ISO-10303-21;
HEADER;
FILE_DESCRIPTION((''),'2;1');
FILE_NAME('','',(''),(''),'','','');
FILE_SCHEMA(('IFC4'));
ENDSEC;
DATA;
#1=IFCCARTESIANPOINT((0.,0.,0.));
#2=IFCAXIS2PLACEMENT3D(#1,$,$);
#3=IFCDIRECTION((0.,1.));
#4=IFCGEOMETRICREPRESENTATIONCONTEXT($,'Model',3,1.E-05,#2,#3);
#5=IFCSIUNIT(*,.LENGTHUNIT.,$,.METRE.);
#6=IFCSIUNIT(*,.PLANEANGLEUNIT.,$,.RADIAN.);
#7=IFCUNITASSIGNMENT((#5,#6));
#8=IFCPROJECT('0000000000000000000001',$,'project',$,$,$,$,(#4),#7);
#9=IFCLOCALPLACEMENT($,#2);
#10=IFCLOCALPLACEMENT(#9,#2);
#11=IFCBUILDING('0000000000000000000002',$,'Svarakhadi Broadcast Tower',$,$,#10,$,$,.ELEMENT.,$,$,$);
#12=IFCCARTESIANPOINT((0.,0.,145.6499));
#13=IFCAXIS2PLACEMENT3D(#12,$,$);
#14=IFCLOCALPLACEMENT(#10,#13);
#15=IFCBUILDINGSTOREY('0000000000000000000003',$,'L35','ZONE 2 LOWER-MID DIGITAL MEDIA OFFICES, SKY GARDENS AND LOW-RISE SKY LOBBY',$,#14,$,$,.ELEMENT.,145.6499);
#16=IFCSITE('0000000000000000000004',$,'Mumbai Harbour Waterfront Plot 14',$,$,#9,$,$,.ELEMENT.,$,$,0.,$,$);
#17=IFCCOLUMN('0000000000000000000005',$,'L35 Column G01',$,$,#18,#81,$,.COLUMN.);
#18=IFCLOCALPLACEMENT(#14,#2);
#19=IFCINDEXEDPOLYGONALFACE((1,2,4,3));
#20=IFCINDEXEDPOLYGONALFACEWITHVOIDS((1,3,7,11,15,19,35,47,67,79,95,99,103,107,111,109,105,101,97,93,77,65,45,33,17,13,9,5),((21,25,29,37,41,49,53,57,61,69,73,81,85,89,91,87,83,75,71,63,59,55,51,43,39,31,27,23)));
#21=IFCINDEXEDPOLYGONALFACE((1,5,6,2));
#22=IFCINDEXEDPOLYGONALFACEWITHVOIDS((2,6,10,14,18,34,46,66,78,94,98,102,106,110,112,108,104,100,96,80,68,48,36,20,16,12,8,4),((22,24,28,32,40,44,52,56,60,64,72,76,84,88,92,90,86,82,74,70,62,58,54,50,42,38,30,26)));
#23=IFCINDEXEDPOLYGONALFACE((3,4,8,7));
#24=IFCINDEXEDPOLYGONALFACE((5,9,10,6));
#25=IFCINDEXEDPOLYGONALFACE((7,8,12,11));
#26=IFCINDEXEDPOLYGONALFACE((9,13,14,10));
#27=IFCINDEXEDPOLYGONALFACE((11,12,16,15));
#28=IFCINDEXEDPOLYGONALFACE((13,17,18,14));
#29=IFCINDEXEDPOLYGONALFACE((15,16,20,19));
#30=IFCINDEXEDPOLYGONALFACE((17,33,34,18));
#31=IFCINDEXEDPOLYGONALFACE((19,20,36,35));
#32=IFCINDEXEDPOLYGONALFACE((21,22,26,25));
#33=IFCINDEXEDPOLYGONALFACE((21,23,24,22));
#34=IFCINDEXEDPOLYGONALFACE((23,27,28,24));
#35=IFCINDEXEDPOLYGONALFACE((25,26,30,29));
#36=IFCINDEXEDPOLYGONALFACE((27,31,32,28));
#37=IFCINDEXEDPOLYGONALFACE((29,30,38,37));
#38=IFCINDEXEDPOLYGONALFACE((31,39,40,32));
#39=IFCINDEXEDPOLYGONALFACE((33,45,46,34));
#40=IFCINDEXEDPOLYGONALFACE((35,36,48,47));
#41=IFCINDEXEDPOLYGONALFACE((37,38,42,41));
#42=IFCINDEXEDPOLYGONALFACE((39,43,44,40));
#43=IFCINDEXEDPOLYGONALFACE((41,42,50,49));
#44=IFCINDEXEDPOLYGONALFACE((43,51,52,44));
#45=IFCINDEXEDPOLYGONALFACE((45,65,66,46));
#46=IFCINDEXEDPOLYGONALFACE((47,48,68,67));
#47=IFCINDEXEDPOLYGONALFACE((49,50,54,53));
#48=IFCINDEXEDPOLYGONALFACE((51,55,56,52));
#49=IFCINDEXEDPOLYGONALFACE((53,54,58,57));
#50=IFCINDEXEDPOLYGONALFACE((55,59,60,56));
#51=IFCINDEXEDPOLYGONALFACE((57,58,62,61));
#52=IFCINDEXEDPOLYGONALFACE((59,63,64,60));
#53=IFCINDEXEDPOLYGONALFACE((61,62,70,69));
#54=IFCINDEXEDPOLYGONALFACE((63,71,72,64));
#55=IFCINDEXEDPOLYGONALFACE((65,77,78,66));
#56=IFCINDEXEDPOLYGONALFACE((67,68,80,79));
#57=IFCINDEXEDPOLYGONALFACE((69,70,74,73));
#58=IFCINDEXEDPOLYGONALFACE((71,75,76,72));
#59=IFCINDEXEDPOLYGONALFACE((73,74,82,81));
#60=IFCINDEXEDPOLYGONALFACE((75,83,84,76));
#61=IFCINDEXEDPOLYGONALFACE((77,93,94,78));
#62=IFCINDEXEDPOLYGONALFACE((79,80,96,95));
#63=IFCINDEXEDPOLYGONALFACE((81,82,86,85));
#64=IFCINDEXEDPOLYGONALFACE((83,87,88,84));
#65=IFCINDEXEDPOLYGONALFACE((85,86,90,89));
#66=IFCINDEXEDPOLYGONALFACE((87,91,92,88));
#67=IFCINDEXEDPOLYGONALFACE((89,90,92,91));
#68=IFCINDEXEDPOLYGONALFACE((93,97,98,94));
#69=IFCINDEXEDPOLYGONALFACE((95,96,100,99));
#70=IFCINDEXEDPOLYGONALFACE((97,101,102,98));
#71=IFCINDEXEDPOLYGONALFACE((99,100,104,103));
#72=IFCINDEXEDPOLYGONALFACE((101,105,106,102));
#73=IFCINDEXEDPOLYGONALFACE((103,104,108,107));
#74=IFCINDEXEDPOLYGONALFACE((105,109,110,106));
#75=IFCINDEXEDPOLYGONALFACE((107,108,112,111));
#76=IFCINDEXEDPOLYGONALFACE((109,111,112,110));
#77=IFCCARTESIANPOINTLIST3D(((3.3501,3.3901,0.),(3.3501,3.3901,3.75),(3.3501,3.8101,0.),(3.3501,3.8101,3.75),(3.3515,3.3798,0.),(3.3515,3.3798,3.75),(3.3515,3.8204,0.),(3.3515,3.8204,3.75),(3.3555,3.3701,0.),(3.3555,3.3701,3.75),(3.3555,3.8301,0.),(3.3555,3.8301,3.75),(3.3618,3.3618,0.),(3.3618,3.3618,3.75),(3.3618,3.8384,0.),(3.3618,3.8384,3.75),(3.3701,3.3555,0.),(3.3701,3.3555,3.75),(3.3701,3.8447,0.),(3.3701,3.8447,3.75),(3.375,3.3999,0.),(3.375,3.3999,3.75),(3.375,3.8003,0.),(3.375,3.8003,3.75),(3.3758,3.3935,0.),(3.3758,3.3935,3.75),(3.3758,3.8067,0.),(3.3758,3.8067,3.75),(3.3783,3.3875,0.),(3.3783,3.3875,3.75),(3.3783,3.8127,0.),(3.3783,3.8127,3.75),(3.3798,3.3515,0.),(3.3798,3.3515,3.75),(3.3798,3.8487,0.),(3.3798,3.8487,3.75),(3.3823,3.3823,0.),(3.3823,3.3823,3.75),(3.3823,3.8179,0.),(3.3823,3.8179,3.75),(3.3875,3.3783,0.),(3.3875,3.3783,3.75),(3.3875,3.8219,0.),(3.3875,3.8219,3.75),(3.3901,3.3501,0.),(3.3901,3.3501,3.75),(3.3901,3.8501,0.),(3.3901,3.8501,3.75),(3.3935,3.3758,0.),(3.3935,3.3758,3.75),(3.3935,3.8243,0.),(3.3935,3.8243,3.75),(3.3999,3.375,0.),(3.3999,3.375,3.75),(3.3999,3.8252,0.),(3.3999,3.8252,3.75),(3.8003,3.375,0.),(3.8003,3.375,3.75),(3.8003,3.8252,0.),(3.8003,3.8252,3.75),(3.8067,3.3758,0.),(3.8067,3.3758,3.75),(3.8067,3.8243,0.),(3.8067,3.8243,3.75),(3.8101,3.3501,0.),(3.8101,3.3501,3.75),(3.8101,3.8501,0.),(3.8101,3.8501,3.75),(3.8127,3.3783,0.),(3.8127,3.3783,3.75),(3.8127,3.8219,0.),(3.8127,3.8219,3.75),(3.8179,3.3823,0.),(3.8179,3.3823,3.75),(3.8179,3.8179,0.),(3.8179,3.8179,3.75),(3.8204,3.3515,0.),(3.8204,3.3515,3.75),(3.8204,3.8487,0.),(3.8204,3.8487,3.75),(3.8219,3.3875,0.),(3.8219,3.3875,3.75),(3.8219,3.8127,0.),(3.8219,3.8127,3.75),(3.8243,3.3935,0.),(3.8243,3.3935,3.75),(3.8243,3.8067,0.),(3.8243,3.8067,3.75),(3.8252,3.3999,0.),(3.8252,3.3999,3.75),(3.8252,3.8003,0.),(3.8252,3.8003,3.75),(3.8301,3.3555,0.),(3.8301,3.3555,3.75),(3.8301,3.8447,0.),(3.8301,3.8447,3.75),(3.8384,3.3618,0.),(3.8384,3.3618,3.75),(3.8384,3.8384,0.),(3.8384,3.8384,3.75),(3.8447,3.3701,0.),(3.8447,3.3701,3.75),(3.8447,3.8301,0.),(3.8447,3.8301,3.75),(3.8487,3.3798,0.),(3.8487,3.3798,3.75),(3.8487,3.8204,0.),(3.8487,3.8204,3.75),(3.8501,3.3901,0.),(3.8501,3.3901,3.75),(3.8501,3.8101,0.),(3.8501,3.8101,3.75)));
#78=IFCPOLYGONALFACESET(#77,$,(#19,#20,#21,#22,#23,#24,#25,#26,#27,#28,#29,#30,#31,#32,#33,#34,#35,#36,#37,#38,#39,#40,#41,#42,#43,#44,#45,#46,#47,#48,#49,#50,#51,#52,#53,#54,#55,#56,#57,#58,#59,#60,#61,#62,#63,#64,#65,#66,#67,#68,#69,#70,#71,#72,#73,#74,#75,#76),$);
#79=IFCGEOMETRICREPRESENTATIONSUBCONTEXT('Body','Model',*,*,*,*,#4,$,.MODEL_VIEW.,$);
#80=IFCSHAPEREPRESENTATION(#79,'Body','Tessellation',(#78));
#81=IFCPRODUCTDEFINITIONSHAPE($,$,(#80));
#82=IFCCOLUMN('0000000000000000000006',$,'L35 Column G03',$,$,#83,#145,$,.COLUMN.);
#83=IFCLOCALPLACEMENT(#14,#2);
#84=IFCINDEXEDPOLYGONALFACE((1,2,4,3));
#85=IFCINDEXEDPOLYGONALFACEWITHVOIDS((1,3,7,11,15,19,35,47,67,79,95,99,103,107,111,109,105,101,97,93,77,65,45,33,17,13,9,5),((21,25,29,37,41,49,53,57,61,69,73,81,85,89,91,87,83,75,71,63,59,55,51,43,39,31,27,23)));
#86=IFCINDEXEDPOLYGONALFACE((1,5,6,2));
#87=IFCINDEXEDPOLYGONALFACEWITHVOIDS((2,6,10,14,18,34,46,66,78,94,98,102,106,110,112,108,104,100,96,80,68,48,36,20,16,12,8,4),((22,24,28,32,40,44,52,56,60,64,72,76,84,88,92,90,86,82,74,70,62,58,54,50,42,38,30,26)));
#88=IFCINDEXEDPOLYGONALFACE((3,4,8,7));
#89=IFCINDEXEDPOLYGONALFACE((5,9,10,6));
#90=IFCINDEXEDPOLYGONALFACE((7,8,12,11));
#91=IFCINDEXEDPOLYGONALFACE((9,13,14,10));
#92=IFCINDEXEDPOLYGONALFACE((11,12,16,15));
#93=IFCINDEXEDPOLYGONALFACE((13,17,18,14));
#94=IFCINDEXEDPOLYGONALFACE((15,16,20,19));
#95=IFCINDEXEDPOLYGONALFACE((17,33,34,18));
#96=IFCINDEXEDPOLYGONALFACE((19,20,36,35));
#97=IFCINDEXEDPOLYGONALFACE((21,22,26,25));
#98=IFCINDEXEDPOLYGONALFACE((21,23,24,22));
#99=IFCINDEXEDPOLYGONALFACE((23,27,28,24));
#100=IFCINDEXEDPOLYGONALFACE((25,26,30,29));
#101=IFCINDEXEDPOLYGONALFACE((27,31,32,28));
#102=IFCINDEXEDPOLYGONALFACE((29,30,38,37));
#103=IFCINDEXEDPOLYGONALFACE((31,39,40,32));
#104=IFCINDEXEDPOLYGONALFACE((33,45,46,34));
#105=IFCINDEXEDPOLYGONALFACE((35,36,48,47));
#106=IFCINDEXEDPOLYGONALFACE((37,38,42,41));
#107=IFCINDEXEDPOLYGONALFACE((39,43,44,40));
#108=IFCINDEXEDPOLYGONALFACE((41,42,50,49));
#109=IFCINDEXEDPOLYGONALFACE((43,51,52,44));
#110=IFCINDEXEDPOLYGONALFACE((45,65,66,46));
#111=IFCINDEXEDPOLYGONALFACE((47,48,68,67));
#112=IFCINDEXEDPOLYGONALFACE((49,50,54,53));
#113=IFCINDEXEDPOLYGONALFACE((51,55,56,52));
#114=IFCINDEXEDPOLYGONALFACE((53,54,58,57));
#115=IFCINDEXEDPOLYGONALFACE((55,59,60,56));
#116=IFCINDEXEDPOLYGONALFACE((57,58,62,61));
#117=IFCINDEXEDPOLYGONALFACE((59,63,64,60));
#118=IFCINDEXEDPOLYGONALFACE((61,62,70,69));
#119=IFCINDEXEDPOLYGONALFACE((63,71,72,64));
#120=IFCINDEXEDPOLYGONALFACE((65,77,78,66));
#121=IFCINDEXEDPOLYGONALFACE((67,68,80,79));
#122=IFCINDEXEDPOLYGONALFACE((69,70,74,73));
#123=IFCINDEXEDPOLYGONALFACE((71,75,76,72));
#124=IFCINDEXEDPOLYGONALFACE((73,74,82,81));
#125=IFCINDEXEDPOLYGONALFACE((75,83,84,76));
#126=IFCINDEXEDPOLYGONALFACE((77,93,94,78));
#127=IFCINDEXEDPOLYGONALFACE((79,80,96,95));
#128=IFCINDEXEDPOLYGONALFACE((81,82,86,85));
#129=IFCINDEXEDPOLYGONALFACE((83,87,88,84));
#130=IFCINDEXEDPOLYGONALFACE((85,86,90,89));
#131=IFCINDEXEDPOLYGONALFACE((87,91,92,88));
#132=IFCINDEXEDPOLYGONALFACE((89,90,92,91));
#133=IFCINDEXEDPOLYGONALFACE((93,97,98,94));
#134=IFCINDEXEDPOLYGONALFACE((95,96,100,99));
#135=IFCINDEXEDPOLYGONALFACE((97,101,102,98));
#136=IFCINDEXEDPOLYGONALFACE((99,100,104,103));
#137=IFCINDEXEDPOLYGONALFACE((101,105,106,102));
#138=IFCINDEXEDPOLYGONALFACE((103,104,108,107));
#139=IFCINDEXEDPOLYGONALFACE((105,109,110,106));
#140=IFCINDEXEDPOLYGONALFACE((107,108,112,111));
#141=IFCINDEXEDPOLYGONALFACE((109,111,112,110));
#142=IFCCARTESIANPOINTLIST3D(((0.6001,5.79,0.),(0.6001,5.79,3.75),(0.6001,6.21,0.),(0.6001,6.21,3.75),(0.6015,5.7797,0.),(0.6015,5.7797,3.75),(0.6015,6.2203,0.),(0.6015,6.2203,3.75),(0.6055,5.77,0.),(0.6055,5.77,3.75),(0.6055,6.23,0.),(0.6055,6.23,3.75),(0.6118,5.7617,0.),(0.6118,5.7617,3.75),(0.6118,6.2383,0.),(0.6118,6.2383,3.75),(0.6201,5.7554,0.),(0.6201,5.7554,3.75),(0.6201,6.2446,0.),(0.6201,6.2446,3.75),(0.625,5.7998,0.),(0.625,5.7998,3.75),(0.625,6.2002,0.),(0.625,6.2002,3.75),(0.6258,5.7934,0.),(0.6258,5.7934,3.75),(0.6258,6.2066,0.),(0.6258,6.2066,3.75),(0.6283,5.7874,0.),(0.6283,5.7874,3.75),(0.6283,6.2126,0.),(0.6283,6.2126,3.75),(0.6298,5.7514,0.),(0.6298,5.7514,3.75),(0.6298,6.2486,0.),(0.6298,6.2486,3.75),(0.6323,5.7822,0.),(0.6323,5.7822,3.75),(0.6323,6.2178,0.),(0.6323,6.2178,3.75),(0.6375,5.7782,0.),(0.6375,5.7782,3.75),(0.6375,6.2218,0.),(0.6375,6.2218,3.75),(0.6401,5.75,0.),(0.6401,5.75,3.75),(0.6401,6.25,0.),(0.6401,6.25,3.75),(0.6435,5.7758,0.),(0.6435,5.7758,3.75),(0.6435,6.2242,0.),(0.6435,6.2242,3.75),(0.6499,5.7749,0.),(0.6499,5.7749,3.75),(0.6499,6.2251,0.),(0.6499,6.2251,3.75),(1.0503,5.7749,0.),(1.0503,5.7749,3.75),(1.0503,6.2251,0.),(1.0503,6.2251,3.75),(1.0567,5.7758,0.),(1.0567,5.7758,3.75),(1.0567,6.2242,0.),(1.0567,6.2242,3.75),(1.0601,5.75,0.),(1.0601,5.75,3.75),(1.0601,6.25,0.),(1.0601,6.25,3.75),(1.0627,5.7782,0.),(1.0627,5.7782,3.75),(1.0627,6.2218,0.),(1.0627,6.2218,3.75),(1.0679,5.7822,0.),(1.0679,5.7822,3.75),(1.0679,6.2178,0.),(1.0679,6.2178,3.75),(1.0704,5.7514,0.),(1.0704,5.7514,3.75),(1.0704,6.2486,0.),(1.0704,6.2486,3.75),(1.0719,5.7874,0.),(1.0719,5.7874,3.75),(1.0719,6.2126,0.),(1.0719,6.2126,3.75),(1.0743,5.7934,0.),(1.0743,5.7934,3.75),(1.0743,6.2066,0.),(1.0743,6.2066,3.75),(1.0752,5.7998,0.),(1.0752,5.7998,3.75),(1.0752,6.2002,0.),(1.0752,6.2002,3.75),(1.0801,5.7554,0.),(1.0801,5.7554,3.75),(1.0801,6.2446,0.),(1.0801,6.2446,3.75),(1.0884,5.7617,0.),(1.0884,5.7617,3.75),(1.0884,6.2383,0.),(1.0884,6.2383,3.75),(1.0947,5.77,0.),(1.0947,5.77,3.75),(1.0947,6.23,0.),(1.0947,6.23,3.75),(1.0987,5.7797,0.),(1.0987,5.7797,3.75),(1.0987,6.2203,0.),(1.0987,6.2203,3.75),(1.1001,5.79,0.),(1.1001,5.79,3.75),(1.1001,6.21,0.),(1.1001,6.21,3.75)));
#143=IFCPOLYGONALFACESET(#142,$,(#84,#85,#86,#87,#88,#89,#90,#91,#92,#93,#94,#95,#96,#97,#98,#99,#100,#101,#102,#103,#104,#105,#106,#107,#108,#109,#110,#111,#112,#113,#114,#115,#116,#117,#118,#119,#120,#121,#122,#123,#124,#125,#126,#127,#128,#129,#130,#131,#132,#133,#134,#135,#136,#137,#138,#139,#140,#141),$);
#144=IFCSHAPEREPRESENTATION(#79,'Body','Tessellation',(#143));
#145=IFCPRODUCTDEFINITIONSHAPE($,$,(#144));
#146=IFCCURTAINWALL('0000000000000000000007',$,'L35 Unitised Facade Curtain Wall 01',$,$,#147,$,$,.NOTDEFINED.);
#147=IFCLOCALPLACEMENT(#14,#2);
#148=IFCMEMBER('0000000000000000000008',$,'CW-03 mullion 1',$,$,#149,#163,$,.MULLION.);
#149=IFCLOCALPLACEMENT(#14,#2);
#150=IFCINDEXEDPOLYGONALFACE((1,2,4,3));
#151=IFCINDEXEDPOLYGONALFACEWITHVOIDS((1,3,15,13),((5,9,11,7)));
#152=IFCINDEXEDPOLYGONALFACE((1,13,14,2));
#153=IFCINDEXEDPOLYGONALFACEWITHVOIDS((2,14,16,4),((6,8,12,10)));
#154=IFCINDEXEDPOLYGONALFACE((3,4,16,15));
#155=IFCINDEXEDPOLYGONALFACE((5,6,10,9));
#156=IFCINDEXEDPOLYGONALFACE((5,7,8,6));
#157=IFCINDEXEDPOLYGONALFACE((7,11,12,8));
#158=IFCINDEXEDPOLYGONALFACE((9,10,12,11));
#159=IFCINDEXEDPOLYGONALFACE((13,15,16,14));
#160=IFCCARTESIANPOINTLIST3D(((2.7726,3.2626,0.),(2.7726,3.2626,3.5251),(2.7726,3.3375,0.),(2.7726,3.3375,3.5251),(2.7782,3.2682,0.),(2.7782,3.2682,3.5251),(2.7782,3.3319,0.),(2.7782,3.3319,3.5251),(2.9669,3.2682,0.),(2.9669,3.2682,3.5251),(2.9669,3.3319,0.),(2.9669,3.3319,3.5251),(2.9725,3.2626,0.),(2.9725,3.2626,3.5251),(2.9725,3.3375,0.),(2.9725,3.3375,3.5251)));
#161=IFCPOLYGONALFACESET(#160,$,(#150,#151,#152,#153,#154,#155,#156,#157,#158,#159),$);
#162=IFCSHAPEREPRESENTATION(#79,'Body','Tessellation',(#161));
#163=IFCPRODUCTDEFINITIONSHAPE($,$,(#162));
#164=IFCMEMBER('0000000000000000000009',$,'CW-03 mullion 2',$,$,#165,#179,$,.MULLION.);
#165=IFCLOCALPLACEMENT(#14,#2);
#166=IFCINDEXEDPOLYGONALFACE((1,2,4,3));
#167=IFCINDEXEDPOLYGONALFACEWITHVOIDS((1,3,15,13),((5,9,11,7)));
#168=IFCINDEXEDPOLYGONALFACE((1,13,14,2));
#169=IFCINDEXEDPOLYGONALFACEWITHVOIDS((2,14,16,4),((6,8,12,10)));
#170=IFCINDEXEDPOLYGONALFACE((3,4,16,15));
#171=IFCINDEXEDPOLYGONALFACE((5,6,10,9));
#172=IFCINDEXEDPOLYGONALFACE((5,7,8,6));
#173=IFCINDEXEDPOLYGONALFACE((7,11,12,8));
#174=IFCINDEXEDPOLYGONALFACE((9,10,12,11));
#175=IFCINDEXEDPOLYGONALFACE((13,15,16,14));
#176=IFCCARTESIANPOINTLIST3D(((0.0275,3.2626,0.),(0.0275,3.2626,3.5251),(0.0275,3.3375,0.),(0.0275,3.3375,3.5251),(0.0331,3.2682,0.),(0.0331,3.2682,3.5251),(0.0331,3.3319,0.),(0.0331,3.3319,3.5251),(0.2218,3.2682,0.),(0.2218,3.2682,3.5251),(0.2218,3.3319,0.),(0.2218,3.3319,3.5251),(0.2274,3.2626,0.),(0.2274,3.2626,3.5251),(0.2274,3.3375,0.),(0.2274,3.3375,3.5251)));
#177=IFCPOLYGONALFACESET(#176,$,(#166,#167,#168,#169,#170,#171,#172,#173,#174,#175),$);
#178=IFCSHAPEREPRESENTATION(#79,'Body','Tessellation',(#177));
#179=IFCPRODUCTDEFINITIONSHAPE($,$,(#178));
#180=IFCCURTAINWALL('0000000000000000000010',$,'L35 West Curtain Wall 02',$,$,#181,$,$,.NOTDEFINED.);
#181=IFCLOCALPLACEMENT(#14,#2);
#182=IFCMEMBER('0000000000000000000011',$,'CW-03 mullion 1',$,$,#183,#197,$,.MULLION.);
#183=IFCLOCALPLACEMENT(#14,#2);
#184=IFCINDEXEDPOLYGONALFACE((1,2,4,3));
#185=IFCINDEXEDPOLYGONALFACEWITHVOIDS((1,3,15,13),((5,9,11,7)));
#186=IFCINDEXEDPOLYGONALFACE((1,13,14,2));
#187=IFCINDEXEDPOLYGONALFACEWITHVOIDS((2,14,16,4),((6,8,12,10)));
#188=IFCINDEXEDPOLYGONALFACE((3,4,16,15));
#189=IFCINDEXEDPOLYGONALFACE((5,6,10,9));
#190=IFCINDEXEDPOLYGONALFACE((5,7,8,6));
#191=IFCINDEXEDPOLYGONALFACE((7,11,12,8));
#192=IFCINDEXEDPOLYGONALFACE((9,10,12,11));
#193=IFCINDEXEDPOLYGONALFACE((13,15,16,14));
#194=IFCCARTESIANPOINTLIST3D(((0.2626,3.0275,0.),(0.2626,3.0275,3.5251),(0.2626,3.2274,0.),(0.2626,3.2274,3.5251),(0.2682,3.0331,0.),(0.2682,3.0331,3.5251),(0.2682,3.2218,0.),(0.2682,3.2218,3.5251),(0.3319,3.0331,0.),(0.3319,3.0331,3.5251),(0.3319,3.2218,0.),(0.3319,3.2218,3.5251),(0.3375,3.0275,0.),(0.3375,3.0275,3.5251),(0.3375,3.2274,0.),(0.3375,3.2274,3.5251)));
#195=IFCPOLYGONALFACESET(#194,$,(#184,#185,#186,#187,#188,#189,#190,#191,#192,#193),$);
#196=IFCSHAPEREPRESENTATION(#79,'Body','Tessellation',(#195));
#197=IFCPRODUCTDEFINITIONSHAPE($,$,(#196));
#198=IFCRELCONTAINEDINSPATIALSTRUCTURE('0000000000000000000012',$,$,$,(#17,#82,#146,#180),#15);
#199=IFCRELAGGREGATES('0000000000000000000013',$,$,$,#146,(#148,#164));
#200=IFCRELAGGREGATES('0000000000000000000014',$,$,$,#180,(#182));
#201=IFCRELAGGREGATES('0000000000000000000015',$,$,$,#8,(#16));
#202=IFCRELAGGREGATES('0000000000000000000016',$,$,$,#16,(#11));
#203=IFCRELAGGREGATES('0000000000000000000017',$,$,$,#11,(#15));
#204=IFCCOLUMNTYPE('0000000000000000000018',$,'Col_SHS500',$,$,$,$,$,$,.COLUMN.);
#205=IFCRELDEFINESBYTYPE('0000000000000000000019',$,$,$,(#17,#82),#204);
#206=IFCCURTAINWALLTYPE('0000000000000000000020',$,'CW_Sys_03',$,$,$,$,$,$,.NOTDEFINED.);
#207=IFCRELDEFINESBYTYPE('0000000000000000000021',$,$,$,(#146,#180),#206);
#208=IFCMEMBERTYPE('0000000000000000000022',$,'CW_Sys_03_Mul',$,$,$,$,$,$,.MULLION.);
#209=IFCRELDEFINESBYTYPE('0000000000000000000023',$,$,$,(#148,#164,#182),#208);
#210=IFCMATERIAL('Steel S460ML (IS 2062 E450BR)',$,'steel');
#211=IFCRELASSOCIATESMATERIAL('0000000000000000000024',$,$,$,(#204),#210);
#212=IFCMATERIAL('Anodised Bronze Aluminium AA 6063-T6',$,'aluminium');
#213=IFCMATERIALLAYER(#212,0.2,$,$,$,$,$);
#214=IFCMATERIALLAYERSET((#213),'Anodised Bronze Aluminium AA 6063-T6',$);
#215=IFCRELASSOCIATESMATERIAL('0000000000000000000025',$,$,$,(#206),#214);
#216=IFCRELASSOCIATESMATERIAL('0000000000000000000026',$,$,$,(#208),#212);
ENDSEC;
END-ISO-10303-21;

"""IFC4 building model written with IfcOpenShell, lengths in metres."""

from ifc_helpers import new_model, si_unit, direction, frame, origin, origin_2d, place, context, subcontext, project, spatial, hollow_rectangle, extrude, material, layer, layer_set, material_profile, profile_set, type_object, element, aggregate, save


model = new_model("IFC4")

# Units and contexts
model_context = context("Model", 3, precision=1e-05, world=origin(), true_north=direction((0.0, 1.0)))
body_context = subcontext(model_context, "Body", "Model", "MODEL_VIEW")
ifc_project = project(units=[si_unit("LENGTHUNIT", "METRE"), si_unit("PLANEANGLEUNIT", "RADIAN")], contexts=[model_context])

# Site, building, storey
site_placement = place(None, origin())
site = spatial("IfcSite", under=ifc_project, at=site_placement, Name="Mumbai Harbour Waterfront Plot 14", CompositionType="ELEMENT", RefElevation=0.0)
building_placement = place(site_placement, origin())
building = spatial("IfcBuilding", under=site, at=building_placement, Name="Svarakhadi Broadcast Tower", CompositionType="ELEMENT")
storey_placement = place(building_placement, frame((0.0, 0.0, 145.6499)))
storey = spatial("IfcBuildingStorey", under=building, at=storey_placement, Name="L35", Description="ZONE 2 LOWER-MID DIGITAL MEDIA OFFICES, SKY GARDENS AND LOW-RISE SKY LOBBY", CompositionType="ELEMENT", Elevation=145.6499)

# Columns
ifc_material_1 = material(Name="Steel S460ML (IS 2062 E450BR)", Category="steel")
ifc_material_profile_1 = material_profile(ifc_material_1, hollow_rectangle(XDim=0.5, YDim=0.5, WallThickness=0.0249, InnerFilletRadius=0.0249, OuterFilletRadius=0.04, at=origin_2d()), Name="SHS 500x500x25")
ifc_profile_set_1 = profile_set([ifc_material_profile_1], Name="Steel S460ML (IS 2062 E450BR)")
column_type = type_object("IfcColumnType", Name="Col_SHS500", PredefinedType="COLUMN", material=ifc_profile_set_1)
for number, where, z_axis, x_axis, name in (
    (1, (3.6001, 3.6001, 0.0), (0.0, 0.0, 1.0), (1.0, 0.0, 0.0), "L35 Column G01"),
    (2, (0.8501, 6.0, 0.0), (0.0, 0.0, 1.0), (1.0, 0.0, 0.0), "L35 Column G03"),
):
    element("IfcColumn", number, at=place(storey_placement, frame(where, z_axis=z_axis, x_axis=x_axis)), inside=storey, type_object=column_type, Name=name, PredefinedType="COLUMN", context=body_context, shape_type="SweptSolid", body=[
        extrude(hollow_rectangle(XDim=0.5, YDim=0.5, WallThickness=0.0249, InnerFilletRadius=0.0249, OuterFilletRadius=0.04, at=origin_2d()), origin(), (0.0, 0.0, 1.0), 3.75),
    ])

# Curtain wall, members
ifc_material_2 = material(Name="Anodised Bronze Aluminium AA 6063-T6", Category="aluminium")
ifc_layer_1 = layer(ifc_material_2, 0.2)
ifc_layer_set_1 = layer_set([ifc_layer_1], Name="Anodised Bronze Aluminium AA 6063-T6")
curtain_wall_type = type_object("IfcCurtainWallType", Name="CW_Sys_03", PredefinedType="NOTDEFINED", material=ifc_layer_set_1)
curtain_wall_1_placement = place(storey_placement, origin())
curtain_wall_1 = element("IfcCurtainWall", 3, at=curtain_wall_1_placement, inside=storey, type_object=curtain_wall_type, Name="L35 Unitised Facade Curtain Wall 01", PredefinedType="NOTDEFINED")
ifc_material_profile_2 = material_profile(ifc_material_2, hollow_rectangle(XDim=0.075, YDim=0.2, WallThickness=0.0056, at=origin_2d()), Name="ALU MULLION 200x75x6")
ifc_profile_set_2 = profile_set([ifc_material_profile_2], Name="Anodised Bronze Aluminium AA 6063-T6")
member_type_1 = type_object("IfcMemberType", Name="CW_Sys_03_Mul", PredefinedType="MULLION", material=ifc_profile_set_2)
member_1_placement = place(storey_placement, frame((2.8726, 3.3, 0.0), z_axis=(0.0, 0.0, 1.0), x_axis=(0.0, -1.0, 0.0)))
member_1 = element("IfcMember", 4, at=member_1_placement, type_object=member_type_1, Name="CW-03 mullion 1", PredefinedType="MULLION", context=body_context, shape_type="SweptSolid", body=[
    extrude(hollow_rectangle(XDim=0.075, YDim=0.2, WallThickness=0.0056, at=origin_2d()), origin(), (0.0, 0.0, 1.0), 3.5251),
])
member_2_placement = place(storey_placement, frame((0.1274, 3.3, 0.0), z_axis=(0.0, 0.0, 1.0), x_axis=(0.0, -1.0, 0.0)))
member_2 = element("IfcMember", 5, at=member_2_placement, type_object=member_type_1, Name="CW-03 mullion 2", PredefinedType="MULLION", context=body_context, shape_type="SweptSolid", body=[
    extrude(hollow_rectangle(XDim=0.075, YDim=0.2, WallThickness=0.0056, at=origin_2d()), origin(), (0.0, 0.0, 1.0), 3.5251),
])

# Curtain wall, member
curtain_wall_2_placement = place(storey_placement, origin())
curtain_wall_2 = element("IfcCurtainWall", 6, at=curtain_wall_2_placement, inside=storey, type_object=curtain_wall_type, Name="L35 West Curtain Wall 02", PredefinedType="NOTDEFINED")
member_3_placement = place(storey_placement, frame((0.3, 3.1274, 0.0), z_axis=(0.0, 0.0, 1.0), x_axis=(-1.0, 0.0, 0.0)))
member_3 = element("IfcMember", 7, at=member_3_placement, type_object=member_type_1, Name="CW-03 mullion 1", PredefinedType="MULLION", context=body_context, shape_type="SweptSolid", body=[
    extrude(hollow_rectangle(XDim=0.075, YDim=0.2, WallThickness=0.0056, at=origin_2d()), origin(), (0.0, 0.0, 1.0), 3.5251),
])

aggregate(curtain_wall_1, [member_1, member_2])
aggregate(curtain_wall_2, [member_3])

save(model, "model.ifc")
